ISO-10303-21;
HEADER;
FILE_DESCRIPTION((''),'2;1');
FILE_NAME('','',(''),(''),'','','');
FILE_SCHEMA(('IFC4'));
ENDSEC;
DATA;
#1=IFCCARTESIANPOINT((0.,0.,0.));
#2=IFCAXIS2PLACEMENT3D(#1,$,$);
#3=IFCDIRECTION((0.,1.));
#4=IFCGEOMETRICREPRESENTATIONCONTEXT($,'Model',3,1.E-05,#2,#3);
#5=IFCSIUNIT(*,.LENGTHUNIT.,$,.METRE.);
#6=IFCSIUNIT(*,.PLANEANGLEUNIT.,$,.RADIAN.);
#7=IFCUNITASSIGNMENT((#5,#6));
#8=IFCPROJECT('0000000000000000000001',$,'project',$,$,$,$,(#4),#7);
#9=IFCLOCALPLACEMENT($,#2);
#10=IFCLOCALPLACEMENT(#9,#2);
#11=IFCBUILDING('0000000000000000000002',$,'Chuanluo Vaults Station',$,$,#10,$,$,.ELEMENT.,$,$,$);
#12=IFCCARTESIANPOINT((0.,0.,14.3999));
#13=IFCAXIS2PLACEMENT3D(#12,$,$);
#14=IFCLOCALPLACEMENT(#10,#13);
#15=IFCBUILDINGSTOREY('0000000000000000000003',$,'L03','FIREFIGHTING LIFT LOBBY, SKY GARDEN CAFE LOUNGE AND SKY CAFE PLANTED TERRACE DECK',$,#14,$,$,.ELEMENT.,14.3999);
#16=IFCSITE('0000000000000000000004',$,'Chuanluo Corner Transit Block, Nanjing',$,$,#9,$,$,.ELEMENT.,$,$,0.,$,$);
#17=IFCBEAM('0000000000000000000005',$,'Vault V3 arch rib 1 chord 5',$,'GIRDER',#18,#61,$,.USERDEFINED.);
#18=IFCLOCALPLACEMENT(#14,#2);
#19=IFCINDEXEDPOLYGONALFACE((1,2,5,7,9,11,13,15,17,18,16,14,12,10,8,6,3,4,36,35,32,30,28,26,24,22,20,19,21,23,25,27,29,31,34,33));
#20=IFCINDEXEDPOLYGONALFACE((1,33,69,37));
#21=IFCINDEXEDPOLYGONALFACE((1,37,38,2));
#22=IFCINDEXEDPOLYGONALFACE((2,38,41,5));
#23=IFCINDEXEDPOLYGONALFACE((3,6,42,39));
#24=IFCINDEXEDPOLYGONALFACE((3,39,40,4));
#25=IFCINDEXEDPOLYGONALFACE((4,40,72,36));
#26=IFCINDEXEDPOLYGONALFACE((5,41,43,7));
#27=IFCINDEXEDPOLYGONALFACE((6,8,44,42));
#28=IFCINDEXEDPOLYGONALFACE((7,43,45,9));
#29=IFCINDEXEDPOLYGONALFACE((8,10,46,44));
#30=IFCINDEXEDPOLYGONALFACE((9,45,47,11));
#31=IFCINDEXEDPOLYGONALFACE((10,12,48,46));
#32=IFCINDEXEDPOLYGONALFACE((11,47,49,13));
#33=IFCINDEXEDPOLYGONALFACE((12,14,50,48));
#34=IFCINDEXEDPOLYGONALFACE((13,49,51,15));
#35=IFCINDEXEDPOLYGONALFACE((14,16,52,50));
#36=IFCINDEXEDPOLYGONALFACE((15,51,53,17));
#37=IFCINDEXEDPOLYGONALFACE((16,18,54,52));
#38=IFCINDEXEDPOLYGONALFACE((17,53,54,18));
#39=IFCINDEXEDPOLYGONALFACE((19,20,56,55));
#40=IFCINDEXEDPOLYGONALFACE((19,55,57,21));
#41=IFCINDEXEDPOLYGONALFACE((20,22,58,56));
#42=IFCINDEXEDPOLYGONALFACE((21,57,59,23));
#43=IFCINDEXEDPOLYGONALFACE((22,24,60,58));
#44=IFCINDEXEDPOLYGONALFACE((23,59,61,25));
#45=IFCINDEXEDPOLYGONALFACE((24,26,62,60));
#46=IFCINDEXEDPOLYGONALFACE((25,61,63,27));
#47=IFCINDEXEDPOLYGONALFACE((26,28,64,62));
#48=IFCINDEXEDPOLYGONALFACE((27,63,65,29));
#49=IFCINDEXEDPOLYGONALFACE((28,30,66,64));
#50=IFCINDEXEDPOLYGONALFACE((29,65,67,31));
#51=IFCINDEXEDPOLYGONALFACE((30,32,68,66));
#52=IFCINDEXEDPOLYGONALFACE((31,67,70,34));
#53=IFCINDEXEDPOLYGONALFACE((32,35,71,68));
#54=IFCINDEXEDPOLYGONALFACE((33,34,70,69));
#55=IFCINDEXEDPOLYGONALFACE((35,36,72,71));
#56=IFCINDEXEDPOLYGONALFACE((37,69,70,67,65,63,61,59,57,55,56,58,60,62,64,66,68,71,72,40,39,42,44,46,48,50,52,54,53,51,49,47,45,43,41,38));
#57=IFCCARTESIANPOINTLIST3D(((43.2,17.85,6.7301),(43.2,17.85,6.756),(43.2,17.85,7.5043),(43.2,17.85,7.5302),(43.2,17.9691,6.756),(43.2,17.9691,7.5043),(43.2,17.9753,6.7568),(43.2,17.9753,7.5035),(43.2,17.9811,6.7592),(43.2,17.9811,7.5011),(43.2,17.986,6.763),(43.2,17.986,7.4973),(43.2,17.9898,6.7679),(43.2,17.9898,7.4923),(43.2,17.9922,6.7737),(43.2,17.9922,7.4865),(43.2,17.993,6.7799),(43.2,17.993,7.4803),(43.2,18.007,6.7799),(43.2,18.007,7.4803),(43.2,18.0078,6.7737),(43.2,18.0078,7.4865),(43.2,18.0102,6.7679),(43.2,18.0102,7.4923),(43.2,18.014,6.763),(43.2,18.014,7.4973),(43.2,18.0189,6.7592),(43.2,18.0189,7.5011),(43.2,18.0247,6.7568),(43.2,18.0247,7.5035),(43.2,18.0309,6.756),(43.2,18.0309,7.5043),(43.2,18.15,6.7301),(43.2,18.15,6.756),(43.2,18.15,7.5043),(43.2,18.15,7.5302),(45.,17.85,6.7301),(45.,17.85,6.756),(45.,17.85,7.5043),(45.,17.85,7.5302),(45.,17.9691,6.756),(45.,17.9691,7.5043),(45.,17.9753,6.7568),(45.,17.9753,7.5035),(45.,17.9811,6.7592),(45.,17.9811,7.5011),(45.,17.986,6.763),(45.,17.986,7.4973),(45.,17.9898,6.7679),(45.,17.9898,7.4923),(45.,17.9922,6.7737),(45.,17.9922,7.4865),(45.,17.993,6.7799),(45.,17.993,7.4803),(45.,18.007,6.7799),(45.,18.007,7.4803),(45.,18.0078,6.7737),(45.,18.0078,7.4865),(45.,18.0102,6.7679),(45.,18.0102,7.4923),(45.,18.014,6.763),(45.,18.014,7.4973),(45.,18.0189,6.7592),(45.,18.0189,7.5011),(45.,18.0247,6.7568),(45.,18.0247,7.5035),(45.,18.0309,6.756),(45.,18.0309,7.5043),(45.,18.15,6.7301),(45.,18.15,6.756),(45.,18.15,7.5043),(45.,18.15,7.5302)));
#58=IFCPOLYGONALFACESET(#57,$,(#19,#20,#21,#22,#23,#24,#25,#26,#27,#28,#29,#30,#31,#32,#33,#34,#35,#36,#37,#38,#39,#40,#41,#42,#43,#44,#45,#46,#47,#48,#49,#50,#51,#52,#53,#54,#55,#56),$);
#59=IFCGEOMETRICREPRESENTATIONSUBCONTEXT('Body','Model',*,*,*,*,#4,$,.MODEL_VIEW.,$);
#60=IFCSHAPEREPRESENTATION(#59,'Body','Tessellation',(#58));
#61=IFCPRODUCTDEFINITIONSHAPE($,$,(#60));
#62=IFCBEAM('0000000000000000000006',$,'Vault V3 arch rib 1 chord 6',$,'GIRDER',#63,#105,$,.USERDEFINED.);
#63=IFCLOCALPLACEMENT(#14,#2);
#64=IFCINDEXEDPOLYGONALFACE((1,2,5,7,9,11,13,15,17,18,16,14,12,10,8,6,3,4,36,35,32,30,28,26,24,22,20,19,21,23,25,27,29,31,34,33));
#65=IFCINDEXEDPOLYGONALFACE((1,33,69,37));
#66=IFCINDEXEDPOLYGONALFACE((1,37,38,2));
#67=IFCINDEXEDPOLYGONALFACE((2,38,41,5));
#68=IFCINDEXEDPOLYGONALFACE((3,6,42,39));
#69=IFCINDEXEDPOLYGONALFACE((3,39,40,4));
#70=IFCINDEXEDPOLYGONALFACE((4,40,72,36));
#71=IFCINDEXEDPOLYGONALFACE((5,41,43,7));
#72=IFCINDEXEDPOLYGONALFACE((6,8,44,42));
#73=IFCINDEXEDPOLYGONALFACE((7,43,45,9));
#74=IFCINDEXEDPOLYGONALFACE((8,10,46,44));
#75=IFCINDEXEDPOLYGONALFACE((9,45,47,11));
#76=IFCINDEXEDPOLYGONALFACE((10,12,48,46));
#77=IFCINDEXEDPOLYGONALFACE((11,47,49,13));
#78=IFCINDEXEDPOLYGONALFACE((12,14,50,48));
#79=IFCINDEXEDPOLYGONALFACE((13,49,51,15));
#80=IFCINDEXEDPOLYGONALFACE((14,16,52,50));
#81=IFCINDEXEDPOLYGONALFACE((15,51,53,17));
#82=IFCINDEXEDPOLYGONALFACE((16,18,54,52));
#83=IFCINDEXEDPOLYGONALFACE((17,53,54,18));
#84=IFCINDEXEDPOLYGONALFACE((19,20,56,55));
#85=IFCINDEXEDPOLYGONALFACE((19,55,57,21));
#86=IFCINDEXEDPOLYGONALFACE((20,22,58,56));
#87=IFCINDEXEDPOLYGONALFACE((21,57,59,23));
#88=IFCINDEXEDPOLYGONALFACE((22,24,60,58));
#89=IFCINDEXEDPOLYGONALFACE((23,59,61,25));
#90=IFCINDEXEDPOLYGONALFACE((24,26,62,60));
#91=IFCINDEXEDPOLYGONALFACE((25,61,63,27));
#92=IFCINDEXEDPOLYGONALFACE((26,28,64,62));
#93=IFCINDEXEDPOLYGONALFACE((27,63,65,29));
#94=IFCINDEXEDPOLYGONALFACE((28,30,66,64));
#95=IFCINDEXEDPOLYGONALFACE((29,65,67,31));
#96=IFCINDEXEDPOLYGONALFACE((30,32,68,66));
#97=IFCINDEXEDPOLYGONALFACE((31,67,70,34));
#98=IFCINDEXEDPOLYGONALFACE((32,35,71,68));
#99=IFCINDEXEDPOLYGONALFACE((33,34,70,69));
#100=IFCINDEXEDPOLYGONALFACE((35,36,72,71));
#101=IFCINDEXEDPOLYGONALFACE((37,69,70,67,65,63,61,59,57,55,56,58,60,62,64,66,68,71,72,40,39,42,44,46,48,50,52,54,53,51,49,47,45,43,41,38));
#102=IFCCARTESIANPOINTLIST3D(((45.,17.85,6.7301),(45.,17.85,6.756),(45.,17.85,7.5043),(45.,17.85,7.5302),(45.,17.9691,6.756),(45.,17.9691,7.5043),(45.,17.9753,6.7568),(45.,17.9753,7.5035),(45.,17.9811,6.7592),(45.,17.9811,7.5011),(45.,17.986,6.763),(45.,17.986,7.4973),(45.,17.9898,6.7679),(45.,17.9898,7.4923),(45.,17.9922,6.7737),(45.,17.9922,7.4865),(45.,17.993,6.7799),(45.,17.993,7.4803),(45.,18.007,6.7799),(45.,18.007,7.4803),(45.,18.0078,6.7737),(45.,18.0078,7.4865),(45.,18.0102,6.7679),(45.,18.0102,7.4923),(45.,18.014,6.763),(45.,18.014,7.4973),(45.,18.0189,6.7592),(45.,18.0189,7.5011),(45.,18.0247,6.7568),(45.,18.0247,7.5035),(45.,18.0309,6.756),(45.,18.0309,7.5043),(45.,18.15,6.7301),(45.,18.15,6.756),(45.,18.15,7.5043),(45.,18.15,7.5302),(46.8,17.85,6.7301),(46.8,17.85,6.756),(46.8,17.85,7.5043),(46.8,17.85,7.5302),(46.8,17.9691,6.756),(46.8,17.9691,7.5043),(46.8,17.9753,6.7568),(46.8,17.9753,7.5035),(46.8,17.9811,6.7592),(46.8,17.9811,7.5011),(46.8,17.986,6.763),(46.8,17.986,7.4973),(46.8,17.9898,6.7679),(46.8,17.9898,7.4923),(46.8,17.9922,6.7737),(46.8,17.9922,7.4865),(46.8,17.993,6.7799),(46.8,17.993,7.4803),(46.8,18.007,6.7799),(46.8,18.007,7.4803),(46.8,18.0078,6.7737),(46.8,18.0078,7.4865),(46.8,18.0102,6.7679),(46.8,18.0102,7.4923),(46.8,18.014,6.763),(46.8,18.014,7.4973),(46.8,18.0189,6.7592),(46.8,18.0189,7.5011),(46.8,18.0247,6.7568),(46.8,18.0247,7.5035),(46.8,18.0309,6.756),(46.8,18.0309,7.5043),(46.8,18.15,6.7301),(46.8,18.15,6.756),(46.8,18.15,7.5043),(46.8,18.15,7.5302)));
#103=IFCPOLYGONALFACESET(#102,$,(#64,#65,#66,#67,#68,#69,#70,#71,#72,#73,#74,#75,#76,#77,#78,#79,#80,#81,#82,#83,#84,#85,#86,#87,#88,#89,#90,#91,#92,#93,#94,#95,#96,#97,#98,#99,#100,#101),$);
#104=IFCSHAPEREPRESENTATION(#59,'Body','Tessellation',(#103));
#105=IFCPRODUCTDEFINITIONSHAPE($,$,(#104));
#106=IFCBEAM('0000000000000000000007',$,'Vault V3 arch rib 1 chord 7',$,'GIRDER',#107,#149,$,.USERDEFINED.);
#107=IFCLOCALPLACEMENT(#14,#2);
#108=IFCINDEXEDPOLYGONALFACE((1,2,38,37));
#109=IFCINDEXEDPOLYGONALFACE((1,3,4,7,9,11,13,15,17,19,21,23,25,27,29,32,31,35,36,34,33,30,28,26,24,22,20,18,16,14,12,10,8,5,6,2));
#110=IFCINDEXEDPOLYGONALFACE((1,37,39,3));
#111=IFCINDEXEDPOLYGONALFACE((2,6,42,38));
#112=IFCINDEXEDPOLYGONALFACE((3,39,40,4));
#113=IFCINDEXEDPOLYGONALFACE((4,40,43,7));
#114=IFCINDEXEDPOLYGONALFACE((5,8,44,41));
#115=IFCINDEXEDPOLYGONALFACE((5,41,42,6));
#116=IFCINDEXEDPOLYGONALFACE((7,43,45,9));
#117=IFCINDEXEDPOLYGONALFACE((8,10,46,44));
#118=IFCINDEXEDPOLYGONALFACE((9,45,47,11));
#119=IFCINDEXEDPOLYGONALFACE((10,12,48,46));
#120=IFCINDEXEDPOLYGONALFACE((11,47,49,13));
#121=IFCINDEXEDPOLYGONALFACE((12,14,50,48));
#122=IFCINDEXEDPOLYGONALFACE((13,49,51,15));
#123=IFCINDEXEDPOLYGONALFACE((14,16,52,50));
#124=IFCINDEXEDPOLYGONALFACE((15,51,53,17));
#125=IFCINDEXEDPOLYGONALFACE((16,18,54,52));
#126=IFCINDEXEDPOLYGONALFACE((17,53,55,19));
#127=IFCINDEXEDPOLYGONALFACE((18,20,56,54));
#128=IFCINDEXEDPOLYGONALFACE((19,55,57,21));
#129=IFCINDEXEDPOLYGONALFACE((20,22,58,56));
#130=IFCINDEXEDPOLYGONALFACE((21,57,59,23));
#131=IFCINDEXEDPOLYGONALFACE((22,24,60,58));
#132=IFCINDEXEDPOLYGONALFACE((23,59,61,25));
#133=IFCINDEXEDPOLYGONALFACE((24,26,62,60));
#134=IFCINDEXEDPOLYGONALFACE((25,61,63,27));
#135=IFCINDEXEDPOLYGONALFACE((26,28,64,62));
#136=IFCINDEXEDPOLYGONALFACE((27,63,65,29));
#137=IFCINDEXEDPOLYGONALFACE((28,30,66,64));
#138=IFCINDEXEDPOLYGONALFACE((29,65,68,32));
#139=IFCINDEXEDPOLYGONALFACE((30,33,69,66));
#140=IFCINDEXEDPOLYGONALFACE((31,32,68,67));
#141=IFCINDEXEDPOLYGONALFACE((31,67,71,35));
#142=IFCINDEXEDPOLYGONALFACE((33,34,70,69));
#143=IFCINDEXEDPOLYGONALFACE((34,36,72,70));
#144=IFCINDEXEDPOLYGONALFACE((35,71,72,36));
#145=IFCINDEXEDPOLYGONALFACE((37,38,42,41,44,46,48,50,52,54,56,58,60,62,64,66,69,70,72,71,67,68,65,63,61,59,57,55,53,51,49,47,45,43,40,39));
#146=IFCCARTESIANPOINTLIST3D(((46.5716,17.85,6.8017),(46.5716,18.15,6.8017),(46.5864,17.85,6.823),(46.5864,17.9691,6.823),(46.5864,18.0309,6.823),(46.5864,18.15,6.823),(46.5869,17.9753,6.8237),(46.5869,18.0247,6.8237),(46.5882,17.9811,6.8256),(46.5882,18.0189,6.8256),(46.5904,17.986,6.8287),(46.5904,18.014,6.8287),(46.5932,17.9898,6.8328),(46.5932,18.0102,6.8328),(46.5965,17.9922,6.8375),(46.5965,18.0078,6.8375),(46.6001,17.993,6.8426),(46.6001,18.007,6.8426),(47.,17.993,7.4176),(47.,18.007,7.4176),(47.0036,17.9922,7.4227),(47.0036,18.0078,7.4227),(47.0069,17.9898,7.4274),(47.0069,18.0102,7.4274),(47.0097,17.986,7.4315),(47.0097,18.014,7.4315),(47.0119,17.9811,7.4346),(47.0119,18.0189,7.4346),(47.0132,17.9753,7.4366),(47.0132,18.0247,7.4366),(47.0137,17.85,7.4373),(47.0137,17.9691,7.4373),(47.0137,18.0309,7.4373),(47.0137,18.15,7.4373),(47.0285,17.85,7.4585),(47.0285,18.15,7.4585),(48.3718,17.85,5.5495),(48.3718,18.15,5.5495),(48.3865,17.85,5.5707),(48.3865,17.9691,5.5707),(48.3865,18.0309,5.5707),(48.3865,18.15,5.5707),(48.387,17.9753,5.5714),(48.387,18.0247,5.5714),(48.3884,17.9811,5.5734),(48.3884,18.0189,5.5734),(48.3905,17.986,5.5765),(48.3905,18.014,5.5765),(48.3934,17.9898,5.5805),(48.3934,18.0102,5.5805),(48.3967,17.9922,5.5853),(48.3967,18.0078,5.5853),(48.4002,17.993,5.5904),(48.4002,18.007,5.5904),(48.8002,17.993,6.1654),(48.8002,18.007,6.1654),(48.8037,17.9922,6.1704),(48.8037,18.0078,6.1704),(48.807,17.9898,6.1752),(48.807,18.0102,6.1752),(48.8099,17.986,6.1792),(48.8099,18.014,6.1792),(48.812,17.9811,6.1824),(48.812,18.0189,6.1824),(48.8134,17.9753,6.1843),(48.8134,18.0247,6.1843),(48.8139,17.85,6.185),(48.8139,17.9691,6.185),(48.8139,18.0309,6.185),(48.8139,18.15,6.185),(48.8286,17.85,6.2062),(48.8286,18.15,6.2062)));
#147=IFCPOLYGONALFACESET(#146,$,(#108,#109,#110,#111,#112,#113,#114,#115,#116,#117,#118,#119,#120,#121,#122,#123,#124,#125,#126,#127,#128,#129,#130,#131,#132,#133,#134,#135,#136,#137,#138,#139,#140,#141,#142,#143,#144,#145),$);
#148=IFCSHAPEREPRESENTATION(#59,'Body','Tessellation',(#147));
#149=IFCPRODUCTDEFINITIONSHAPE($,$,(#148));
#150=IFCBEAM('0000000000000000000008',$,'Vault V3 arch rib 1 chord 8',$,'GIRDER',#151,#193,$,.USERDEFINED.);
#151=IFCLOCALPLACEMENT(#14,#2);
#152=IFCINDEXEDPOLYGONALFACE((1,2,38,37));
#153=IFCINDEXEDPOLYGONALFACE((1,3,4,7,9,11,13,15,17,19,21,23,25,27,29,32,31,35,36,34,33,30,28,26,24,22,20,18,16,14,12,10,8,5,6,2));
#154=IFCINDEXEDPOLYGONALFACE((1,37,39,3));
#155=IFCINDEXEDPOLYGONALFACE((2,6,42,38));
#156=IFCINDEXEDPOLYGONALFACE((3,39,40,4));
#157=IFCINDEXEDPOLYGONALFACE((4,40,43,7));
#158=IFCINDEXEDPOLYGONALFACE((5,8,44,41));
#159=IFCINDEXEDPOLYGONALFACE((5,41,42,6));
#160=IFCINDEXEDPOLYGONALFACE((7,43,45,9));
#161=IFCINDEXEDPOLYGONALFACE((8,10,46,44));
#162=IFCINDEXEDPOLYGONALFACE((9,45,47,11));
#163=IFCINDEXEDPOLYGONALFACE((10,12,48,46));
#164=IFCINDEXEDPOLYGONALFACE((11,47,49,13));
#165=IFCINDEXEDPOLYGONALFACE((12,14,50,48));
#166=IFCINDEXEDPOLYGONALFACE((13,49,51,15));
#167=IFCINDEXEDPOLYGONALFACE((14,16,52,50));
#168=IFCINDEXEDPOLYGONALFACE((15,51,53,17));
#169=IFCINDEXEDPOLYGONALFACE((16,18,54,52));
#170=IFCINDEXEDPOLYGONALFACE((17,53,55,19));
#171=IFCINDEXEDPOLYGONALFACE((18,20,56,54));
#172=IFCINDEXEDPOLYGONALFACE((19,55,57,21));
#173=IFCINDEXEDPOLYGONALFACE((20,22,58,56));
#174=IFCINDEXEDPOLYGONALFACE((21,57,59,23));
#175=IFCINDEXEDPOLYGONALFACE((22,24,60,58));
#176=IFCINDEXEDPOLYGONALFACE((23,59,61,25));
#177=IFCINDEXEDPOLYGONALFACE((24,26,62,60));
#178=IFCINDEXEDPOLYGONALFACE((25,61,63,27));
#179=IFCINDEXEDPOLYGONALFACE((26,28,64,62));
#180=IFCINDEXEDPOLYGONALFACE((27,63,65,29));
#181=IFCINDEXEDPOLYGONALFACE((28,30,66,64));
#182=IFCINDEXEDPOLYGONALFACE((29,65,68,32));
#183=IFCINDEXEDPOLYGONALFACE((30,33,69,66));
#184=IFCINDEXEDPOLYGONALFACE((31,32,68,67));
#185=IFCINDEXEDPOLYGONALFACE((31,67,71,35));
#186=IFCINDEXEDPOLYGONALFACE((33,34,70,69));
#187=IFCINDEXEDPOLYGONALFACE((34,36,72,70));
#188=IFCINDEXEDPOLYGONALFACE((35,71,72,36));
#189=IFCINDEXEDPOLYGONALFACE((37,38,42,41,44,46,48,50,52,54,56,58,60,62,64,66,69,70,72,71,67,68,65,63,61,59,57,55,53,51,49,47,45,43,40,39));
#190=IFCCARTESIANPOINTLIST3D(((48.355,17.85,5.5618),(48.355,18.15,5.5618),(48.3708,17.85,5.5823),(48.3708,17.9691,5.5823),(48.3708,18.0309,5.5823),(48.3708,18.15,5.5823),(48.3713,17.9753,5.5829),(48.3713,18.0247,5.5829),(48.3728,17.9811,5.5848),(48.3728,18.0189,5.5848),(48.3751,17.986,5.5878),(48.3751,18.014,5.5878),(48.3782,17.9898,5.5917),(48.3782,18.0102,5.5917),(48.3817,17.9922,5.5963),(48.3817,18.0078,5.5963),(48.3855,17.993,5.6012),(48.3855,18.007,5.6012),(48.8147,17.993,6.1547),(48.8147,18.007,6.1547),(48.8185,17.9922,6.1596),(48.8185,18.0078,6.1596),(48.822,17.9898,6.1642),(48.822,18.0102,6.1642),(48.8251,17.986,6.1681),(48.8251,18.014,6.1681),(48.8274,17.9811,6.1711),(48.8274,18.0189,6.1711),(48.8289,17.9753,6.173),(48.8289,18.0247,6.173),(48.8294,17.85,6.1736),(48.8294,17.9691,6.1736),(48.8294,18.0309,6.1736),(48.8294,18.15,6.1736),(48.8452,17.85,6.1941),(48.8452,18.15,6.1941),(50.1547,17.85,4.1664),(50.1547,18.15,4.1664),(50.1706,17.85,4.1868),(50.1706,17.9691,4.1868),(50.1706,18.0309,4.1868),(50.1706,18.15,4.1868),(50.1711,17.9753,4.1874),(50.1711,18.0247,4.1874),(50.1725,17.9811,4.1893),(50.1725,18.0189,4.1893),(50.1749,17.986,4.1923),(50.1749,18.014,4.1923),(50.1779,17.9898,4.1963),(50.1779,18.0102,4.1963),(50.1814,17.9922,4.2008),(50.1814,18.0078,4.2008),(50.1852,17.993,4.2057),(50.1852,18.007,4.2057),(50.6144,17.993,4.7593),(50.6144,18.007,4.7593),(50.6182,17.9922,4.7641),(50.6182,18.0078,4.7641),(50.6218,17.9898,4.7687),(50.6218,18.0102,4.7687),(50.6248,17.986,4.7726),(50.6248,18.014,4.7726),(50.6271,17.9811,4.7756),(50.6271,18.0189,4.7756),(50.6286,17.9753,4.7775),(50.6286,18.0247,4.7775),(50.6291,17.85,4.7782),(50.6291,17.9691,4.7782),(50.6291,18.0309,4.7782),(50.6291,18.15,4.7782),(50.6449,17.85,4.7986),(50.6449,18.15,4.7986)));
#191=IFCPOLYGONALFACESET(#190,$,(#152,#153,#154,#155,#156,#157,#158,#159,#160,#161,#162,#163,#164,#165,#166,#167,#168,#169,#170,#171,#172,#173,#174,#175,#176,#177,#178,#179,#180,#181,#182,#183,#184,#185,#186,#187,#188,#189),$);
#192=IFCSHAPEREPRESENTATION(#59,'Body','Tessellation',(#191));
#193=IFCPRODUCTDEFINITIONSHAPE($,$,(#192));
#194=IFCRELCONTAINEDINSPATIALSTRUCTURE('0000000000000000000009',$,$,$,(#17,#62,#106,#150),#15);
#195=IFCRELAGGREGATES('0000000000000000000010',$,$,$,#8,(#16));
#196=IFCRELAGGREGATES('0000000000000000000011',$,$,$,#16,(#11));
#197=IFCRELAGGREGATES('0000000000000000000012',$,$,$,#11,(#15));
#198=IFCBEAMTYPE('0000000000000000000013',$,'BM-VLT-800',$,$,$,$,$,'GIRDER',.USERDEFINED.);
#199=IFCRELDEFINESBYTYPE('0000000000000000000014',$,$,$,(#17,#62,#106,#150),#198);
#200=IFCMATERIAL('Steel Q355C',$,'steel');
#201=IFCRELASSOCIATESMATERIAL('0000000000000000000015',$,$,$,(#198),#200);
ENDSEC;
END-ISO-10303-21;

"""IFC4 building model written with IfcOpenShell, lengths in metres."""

from ifc_helpers import new_model, si_unit, direction, frame, origin, origin_2d, place, context, subcontext, project, spatial, i_section, extrude, material, material_profile, profile_set, type_object, element, save


model = new_model("IFC4")

# Units and contexts
model_context = context("Model", 3, precision=1e-05, world=origin(), true_north=direction((0.0, 1.0)))
body_context = subcontext(model_context, "Body", "Model", "MODEL_VIEW")
ifc_project = project(units=[si_unit("LENGTHUNIT", "METRE"), si_unit("PLANEANGLEUNIT", "RADIAN")], contexts=[model_context])

# Site, building, storey
site_placement = place(None, origin())
site = spatial("IfcSite", under=ifc_project, at=site_placement, Name="Chuanluo Corner Transit Block, Nanjing", CompositionType="ELEMENT", RefElevation=0.0)
building_placement = place(site_placement, origin())
building = spatial("IfcBuilding", under=site, at=building_placement, Name="Chuanluo Vaults Station", CompositionType="ELEMENT")
storey_placement = place(building_placement, frame((0.0, 0.0, 14.3999)))
storey = spatial("IfcBuildingStorey", under=building, at=storey_placement, Name="L03", Description="FIREFIGHTING LIFT LOBBY, SKY GARDEN CAFE LOUNGE AND SKY CAFE PLANTED TERRACE DECK", CompositionType="ELEMENT", Elevation=14.3999)

# Beams
ifc_material_1 = material(Name="Steel Q355C", Category="steel")
ifc_material_profile_1 = material_profile(ifc_material_1, i_section(OverallWidth=0.3, OverallDepth=0.8, WebThickness=0.0139, FlangeThickness=0.0259, FilletRadius=0.0239, at=origin_2d()))
ifc_profile_set_1 = profile_set([ifc_material_profile_1], Name="Steel Q355C")
beam_type_1 = type_object("IfcBeamType", Name="BM-VLT-800", ElementType="GIRDER", PredefinedType="USERDEFINED", material=ifc_profile_set_1)
for number, where, z_axis, x_axis, name in (
    (1, (43.2, 18.0, 7.1301), (1.0, 0.0, 0.0), (0.0, 1.0, 0.0), "Vault V3 arch rib 1 chord 5"),
    (2, (45.0, 18.0, 7.1301), (1.0, 0.0, 0.0), (0.0, 1.0, 0.0), "Vault V3 arch rib 1 chord 6"),
):
    element("IfcBeam", number, at=place(storey_placement, frame(where, z_axis=z_axis, x_axis=x_axis)), inside=storey, type_object=beam_type_1, Name=name, ObjectType="GIRDER", PredefinedType="USERDEFINED", context=body_context, shape_type="SweptSolid", body=[
        extrude(i_section(OverallWidth=0.3, OverallDepth=0.8, WebThickness=0.0139, FlangeThickness=0.0259, FilletRadius=0.0239, at=origin_2d()), origin(), (0.0, 0.0, 1.0), 1.8),
    ])
beam_1_placement = place(storey_placement, frame((46.8, 18.0, 7.1301), z_axis=(0.820907, 0.0, -0.571061), x_axis=(0.0, 1.0, 0.0)))
element("IfcBeam", 3, at=beam_1_placement, inside=storey, type_object=beam_type_1, Name="Vault V3 arch rib 1 chord 7", ObjectType="GIRDER", PredefinedType="USERDEFINED", context=body_context, shape_type="SweptSolid", body=[
    extrude(i_section(OverallWidth=0.3, OverallDepth=0.8, WebThickness=0.0139, FlangeThickness=0.0259, FilletRadius=0.0239, at=origin_2d()), origin(), (0.0, 0.0, 1.0), 2.1929),
])
beam_2_placement = place(storey_placement, frame((48.6001, 18.0, 5.8779), z_axis=(0.790275, 0.0, -0.612752), x_axis=(0.0, 1.0, 0.0)))
element("IfcBeam", 4, at=beam_2_placement, inside=storey, type_object=beam_type_1, Name="Vault V3 arch rib 1 chord 8", ObjectType="GIRDER", PredefinedType="USERDEFINED", context=body_context, shape_type="SweptSolid", body=[
    extrude(i_section(OverallWidth=0.3, OverallDepth=0.8, WebThickness=0.0139, FlangeThickness=0.0259, FilletRadius=0.0239, at=origin_2d()), origin(), (0.0, 0.0, 1.0), 2.2773),
])

save(model, "model.ifc")
